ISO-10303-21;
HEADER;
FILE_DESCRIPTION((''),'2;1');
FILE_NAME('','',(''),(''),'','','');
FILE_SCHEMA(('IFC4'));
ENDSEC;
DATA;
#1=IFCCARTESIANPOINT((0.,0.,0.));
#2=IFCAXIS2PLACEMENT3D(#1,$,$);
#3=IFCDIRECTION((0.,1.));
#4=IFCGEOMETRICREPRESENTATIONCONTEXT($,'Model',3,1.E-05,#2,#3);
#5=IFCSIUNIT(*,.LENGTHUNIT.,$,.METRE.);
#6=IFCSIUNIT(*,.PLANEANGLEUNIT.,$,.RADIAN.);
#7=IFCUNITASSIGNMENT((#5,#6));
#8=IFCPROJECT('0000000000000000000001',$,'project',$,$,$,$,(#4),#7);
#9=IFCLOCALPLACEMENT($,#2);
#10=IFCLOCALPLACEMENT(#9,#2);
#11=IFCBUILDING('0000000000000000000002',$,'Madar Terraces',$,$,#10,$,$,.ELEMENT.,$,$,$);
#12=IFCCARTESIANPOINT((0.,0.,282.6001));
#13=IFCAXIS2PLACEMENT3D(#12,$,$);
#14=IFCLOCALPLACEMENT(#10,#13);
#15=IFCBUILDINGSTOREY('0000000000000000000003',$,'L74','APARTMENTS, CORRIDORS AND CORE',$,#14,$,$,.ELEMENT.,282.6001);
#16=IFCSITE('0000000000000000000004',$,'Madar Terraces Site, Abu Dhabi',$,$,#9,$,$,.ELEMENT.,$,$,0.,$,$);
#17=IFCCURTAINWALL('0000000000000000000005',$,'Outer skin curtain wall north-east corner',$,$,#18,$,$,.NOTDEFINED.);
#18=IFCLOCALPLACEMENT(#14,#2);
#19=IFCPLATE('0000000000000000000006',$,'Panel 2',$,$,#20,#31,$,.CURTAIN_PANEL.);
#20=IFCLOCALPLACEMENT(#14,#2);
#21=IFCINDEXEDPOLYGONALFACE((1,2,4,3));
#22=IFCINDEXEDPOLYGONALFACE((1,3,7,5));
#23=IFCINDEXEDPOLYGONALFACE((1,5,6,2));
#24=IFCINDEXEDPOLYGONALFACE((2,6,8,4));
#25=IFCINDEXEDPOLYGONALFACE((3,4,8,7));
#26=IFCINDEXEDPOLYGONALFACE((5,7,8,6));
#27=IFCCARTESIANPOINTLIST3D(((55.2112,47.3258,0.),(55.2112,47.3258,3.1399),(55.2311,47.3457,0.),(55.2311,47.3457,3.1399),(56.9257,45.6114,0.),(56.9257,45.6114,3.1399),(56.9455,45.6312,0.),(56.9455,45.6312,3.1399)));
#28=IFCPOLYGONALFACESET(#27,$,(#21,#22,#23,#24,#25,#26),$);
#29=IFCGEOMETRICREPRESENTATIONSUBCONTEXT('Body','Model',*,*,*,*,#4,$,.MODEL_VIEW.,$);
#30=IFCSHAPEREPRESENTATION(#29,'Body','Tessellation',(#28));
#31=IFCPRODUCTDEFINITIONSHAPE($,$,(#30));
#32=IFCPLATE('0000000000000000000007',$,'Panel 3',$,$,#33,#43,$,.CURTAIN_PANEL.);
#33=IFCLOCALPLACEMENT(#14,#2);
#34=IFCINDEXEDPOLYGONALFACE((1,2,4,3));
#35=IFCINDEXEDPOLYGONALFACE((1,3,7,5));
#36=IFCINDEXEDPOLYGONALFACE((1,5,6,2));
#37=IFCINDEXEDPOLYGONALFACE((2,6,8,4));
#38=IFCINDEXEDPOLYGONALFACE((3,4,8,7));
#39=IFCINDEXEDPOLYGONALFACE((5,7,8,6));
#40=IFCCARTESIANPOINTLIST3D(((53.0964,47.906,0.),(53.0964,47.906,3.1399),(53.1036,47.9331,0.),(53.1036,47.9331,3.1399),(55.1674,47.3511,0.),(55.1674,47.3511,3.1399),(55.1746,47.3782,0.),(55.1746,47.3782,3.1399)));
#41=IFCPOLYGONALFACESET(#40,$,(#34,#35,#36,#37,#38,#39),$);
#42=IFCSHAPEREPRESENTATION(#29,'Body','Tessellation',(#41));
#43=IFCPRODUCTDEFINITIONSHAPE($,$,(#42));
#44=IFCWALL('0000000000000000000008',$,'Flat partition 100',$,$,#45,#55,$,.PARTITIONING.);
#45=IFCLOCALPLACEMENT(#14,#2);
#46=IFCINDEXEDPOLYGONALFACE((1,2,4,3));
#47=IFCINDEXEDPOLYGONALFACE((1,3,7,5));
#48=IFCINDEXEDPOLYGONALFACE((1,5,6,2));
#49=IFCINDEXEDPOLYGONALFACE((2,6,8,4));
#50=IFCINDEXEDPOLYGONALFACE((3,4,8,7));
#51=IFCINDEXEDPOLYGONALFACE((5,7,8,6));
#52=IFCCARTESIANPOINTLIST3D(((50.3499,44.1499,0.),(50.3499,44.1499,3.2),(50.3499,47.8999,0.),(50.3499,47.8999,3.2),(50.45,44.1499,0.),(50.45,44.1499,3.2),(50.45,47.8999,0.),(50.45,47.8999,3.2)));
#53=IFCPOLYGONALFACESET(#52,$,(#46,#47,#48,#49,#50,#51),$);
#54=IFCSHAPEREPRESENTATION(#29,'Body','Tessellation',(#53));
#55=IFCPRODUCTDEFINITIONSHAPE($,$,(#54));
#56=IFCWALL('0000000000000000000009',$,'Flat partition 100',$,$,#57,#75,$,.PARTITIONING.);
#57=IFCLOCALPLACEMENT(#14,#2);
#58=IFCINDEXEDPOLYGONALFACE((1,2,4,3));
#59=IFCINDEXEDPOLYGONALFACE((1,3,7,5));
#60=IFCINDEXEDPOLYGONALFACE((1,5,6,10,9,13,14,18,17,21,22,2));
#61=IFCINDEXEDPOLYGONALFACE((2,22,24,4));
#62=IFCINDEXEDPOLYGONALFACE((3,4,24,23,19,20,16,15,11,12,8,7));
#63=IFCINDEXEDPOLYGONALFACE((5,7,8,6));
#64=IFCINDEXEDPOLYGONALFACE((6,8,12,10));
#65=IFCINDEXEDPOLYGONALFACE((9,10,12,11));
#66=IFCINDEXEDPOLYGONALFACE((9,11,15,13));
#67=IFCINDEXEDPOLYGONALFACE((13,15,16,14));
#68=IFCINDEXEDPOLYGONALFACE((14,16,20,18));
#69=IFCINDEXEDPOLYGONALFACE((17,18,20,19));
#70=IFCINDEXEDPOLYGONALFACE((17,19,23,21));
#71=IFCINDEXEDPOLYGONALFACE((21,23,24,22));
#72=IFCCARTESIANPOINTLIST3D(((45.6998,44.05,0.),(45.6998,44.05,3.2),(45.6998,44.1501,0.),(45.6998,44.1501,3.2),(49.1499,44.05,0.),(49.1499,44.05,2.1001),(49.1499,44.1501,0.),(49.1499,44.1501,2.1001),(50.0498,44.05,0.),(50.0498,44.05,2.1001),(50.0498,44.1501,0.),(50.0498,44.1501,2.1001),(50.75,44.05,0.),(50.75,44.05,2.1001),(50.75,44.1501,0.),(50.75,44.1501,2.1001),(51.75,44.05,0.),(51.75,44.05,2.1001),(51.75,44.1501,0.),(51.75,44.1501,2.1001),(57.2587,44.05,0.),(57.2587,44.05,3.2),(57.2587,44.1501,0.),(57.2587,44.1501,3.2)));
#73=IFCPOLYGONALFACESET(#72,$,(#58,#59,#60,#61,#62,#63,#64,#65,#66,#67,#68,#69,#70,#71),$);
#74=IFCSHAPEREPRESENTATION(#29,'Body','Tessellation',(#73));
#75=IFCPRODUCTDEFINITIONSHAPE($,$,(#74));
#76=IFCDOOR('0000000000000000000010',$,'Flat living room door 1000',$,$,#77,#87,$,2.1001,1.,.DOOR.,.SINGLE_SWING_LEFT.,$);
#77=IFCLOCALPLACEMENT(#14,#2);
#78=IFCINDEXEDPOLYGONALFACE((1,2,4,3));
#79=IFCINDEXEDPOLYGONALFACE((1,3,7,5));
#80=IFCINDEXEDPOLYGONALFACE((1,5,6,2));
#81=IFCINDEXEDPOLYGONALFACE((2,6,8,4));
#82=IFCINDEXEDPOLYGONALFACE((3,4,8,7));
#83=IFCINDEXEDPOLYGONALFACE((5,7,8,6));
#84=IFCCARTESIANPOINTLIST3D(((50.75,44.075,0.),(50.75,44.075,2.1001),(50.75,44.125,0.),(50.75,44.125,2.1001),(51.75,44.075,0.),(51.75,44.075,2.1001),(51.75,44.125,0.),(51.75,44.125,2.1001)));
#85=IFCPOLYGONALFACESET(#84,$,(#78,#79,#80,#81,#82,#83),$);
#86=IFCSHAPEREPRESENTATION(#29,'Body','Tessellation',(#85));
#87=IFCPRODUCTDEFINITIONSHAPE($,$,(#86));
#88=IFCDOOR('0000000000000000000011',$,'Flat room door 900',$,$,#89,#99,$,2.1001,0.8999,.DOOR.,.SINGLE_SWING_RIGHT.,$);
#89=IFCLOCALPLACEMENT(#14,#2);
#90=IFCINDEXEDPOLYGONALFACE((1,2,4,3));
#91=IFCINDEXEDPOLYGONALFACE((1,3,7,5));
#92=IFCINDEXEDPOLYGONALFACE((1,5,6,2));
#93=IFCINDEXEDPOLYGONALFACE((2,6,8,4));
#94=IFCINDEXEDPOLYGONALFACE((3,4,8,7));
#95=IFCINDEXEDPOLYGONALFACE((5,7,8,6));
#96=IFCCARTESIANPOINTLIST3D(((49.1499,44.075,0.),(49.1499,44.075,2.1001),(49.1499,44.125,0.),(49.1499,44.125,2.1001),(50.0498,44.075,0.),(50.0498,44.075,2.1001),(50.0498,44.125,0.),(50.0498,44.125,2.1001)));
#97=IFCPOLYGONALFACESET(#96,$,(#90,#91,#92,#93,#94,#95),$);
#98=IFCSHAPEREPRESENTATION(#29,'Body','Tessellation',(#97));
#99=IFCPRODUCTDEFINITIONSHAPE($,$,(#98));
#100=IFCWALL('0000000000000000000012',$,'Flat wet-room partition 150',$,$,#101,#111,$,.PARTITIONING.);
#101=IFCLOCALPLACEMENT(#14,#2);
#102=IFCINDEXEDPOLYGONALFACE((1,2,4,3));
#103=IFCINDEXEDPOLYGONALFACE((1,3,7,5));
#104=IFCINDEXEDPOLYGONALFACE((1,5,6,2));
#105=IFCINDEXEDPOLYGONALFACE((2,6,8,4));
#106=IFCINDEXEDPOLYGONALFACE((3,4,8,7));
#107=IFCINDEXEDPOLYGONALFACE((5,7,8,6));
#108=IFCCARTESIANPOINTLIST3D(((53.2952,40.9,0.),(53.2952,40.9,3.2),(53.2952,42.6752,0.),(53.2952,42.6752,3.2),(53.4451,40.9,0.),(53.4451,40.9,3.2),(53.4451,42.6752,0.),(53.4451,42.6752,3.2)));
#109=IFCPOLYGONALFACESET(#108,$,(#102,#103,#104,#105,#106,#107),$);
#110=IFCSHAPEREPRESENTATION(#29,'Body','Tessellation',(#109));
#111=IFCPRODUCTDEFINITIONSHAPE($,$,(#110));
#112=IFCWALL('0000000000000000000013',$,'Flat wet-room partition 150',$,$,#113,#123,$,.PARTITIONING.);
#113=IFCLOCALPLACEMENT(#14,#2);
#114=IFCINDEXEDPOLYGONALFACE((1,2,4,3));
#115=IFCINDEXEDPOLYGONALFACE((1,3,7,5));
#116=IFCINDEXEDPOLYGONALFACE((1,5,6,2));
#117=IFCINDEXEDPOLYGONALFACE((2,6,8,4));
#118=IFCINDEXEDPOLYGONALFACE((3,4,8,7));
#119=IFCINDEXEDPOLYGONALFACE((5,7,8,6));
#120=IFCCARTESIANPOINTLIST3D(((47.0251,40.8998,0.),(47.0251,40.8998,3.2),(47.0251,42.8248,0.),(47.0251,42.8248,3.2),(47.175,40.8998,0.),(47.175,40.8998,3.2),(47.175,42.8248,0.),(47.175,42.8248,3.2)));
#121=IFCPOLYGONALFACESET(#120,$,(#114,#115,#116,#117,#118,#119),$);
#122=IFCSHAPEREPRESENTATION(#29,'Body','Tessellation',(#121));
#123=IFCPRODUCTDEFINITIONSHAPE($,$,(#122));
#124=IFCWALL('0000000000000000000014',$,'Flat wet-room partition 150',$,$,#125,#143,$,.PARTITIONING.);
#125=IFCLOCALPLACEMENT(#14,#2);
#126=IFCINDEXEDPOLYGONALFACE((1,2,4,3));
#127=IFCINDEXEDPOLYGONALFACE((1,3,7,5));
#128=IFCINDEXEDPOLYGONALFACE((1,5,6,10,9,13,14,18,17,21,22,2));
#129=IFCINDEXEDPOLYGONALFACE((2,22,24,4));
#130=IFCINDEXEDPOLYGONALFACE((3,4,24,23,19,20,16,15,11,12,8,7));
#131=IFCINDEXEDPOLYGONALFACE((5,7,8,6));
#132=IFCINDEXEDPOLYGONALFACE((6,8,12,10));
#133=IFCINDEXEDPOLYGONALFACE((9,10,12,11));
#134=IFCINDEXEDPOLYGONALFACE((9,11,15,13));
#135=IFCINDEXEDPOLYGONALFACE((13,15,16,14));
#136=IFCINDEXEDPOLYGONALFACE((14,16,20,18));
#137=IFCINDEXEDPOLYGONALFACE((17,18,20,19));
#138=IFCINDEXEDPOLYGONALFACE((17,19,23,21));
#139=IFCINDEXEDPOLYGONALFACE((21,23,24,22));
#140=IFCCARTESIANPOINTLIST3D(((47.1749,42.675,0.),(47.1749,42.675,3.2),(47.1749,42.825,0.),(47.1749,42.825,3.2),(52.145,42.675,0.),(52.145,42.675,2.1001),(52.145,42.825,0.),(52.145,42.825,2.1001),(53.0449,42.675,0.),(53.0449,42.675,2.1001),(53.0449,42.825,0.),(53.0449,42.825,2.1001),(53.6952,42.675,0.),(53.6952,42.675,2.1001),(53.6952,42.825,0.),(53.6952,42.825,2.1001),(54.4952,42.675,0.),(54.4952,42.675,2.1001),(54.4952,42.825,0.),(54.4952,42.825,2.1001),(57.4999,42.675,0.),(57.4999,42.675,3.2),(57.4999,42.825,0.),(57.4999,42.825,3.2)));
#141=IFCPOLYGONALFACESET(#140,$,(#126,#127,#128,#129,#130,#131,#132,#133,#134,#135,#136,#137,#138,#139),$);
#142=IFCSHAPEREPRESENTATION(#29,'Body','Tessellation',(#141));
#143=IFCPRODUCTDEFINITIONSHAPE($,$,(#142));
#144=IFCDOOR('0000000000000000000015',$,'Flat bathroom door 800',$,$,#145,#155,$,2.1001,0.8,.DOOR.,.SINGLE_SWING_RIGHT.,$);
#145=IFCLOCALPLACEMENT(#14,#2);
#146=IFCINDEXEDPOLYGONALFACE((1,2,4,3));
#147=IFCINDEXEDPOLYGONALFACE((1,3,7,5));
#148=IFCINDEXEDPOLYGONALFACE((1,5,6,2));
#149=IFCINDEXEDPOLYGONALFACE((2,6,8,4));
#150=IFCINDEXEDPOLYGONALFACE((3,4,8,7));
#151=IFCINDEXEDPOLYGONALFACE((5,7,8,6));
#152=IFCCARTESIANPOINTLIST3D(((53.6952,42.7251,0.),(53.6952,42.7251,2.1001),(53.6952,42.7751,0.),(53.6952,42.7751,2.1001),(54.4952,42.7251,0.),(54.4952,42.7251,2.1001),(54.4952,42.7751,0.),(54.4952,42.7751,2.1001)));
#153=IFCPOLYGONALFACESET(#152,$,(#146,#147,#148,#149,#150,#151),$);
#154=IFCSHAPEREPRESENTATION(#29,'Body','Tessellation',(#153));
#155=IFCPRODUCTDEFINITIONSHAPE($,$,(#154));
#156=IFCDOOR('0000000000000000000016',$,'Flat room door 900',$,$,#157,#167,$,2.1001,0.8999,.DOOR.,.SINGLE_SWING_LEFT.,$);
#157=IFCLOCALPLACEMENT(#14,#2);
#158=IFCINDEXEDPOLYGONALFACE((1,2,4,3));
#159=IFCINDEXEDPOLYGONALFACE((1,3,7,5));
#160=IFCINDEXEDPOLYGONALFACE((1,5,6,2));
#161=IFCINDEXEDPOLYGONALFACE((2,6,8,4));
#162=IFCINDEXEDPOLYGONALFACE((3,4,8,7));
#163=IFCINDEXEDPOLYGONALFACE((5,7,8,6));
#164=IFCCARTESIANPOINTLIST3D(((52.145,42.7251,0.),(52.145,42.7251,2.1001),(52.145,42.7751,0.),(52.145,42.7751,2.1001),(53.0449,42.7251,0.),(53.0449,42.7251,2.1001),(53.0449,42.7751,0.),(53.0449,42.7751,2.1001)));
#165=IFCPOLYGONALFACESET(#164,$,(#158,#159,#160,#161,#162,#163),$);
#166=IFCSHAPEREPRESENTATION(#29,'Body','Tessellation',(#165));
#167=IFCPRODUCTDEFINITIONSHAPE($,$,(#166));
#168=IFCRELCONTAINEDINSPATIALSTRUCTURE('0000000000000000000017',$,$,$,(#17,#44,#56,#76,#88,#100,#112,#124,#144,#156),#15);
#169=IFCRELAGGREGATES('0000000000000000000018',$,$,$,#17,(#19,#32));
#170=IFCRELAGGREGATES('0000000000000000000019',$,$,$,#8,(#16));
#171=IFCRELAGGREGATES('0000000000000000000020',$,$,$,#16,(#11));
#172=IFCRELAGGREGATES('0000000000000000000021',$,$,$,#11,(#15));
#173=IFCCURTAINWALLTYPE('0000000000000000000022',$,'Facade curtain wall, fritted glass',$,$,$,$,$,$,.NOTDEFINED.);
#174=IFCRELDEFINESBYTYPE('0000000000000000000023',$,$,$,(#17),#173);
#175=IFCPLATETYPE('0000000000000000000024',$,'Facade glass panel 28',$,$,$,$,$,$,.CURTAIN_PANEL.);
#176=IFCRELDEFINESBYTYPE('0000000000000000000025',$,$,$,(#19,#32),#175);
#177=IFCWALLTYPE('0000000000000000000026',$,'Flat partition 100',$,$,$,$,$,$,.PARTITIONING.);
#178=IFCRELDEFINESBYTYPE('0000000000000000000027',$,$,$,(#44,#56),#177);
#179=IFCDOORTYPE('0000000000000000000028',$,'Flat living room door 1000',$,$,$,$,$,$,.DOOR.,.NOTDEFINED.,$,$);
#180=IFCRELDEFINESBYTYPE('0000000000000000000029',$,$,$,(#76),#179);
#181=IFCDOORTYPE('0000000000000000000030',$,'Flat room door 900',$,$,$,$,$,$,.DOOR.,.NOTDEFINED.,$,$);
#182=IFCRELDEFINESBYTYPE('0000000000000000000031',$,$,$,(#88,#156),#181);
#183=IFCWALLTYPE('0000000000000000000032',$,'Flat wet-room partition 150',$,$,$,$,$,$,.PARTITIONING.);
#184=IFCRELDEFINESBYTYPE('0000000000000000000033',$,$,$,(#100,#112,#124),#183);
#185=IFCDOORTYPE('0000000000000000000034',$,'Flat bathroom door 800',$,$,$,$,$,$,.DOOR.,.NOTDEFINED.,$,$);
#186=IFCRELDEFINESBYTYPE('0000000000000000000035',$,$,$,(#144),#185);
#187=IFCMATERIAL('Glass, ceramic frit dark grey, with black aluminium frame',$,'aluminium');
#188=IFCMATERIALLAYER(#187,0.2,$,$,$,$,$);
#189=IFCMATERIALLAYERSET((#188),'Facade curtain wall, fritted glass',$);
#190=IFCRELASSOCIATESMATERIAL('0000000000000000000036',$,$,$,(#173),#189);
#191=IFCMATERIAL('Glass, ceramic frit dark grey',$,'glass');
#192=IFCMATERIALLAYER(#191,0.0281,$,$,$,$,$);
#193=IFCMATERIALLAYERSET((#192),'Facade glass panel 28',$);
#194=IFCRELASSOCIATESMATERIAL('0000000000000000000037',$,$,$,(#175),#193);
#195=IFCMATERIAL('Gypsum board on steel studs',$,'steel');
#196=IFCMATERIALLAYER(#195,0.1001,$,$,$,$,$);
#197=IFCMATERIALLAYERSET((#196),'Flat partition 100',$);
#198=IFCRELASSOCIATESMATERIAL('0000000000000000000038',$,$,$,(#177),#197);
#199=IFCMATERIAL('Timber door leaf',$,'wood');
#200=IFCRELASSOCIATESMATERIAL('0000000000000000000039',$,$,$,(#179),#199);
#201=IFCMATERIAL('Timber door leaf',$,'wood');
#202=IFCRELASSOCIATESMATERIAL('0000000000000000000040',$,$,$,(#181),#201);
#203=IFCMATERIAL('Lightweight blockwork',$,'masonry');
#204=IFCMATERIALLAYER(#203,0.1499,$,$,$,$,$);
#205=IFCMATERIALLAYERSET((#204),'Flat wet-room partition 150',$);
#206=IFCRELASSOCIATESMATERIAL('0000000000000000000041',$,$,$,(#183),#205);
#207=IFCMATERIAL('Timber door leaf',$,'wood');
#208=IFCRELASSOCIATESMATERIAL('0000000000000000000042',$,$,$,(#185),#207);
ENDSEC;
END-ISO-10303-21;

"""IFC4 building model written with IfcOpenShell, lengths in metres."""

from ifc_helpers import new_model, si_unit, direction, frame, frame_2d, origin, origin_2d, place, context, subcontext, project, spatial, rectangle, extrude, material, layer, layer_set, type_object, element, fill, aggregate, save


model = new_model("IFC4")

# Units and contexts
model_context = context("Model", 3, precision=1e-05, world=origin(), true_north=direction((0.0, 1.0)))
body_context = subcontext(model_context, "Body", "Model", "MODEL_VIEW")
ifc_project = project(units=[si_unit("LENGTHUNIT", "METRE"), si_unit("PLANEANGLEUNIT", "RADIAN")], contexts=[model_context])

# Site, building, storey
site_placement = place(None, origin())
site = spatial("IfcSite", under=ifc_project, at=site_placement, Name="Madar Terraces Site, Abu Dhabi", CompositionType="ELEMENT", RefElevation=0.0)
building_placement = place(site_placement, origin())
building = spatial("IfcBuilding", under=site, at=building_placement, Name="Madar Terraces", CompositionType="ELEMENT")
storey_placement = place(building_placement, frame((0.0, 0.0, 282.6001)))
storey = spatial("IfcBuildingStorey", under=building, at=storey_placement, Name="L74", Description="APARTMENTS, CORRIDORS AND CORE", CompositionType="ELEMENT", Elevation=282.6001)

# Shared definitions
ifc_material_1 = material(Name="Glass, ceramic frit dark grey, with black aluminium frame", Category="aluminium")
ifc_layer_1 = layer(ifc_material_1, 0.2)
ifc_layer_set_1 = layer_set([ifc_layer_1], Name="Facade curtain wall, fritted glass")
curtain_wall_type = type_object("IfcCurtainWallType", Name="Facade curtain wall, fritted glass", PredefinedType="NOTDEFINED", material=ifc_layer_set_1)

# Curtain wall
curtain_wall_1_placement = place(storey_placement, origin())
curtain_wall_1 = element("IfcCurtainWall", 1, at=curtain_wall_1_placement, inside=storey, type_object=curtain_wall_type, Name="Outer skin curtain wall north-east corner", PredefinedType="NOTDEFINED")

# Plates
ifc_material_2 = material(Name="Glass, ceramic frit dark grey", Category="glass")
ifc_layer_2 = layer(ifc_material_2, 0.0281)
ifc_layer_set_2 = layer_set([ifc_layer_2], Name="Facade glass panel 28")
plate_type = type_object("IfcPlateType", Name="Facade glass panel 28", PredefinedType="CURTAIN_PANEL", material=ifc_layer_set_2)
plate_1_placement = place(storey_placement, frame((56.0784, 46.4785, 0.0), z_axis=(0.0, 0.0, 1.0), x_axis=(-0.707107, 0.707107, 0.0)))
plate_1 = element("IfcPlate", 2, at=plate_1_placement, type_object=plate_type, Name="Panel 2", PredefinedType="CURTAIN_PANEL", context=body_context, shape_type="SweptSolid", body=[
    extrude(rectangle(XDim=2.4246, YDim=0.0281, at=origin_2d()), origin(), (0.0, 0.0, 1.0), 3.1399),
])
plate_2_placement = place(storey_placement, frame((54.1355, 47.6421, 0.0), z_axis=(0.0, 0.0, 1.0), x_axis=(-0.965926, 0.258819, 0.0)))
plate_2 = element("IfcPlate", 3, at=plate_2_placement, type_object=plate_type, Name="Panel 3", PredefinedType="CURTAIN_PANEL", context=body_context, shape_type="SweptSolid", body=[
    extrude(rectangle(XDim=2.144, YDim=0.0281, at=origin_2d()), origin(), (0.0, 0.0, 1.0), 3.1399),
])
aggregate(curtain_wall_1, [plate_1, plate_2])

# Wall
ifc_material_3 = material(Name="Gypsum board on steel studs", Category="steel")
ifc_layer_3 = layer(ifc_material_3, 0.1001)
ifc_layer_set_3 = layer_set([ifc_layer_3], Name="Flat partition 100")
wall_type_1 = type_object("IfcWallType", Name="Flat partition 100", PredefinedType="PARTITIONING", material=ifc_layer_set_3)
wall_1_placement = place(storey_placement, frame((50.3999, 44.1499, 0.0), z_axis=(0.0, 0.0, 1.0), x_axis=(0.0, 1.0, 0.0)))
element("IfcWall", 4, at=wall_1_placement, inside=storey, type_object=wall_type_1, Name="Flat partition 100", PredefinedType="PARTITIONING", context=body_context, shape_type="SweptSolid", body=[
    extrude(rectangle(XDim=3.75, YDim=0.1001, at=frame_2d((1.875, 0.0))), origin(), (0.0, 0.0, 1.0), 3.2),
])

# Wall, openings, doors
wall_2_placement = place(storey_placement, frame((45.7, 44.1001, 0.0), z_axis=(0.0, 0.0, 1.0), x_axis=(1.0, 0.0, 0.0)))
wall_2 = element("IfcWall", 5, at=wall_2_placement, inside=storey, type_object=wall_type_1, Name="Flat partition 100", PredefinedType="PARTITIONING", context=body_context, shape_type="SweptSolid", body=[
    extrude(rectangle(XDim=11.5588, YDim=0.1001, at=frame_2d((5.7793, 0.0))), origin(), (0.0, 0.0, 1.0), 3.2),
])
opening_1_placement = place(wall_2_placement, frame((3.45, 0.0, 0.0)))
opening_1 = element("IfcOpeningElement", 6, at=opening_1_placement, cuts=wall_2, PredefinedType="OPENING", context=body_context, shape_type="SweptSolid", body=[
    extrude(rectangle(XDim=0.8999, YDim=2.1001, at=frame_2d((0.45, 1.05))), frame((0.0, 0.0601, 0.0), z_axis=(0.0, -1.0, 0.0), x_axis=(1.0, 0.0, 0.0)), (0.0, 0.0, 1.0), 0.1201),
])
opening_2_placement = place(wall_2_placement, frame((5.05, 0.0, 0.0)))
opening_2 = element("IfcOpeningElement", 7, at=opening_2_placement, cuts=wall_2, PredefinedType="OPENING", context=body_context, shape_type="SweptSolid", body=[
    extrude(rectangle(XDim=1.0, YDim=2.1001, at=frame_2d((0.5, 1.05))), frame((0.0, 0.0601, 0.0), z_axis=(0.0, -1.0, 0.0), x_axis=(1.0, 0.0, 0.0)), (0.0, 0.0, 1.0), 0.1201),
])
ifc_material_4 = material(Name="Timber door leaf", Category="wood")
door_type_1 = type_object("IfcDoorType", Name="Flat living room door 1000", OperationType="NOTDEFINED", PredefinedType="DOOR", material=ifc_material_4)
door_1_placement = place(opening_2_placement, origin())
door_1 = element("IfcDoor", 8, at=door_1_placement, inside=storey, type_object=door_type_1, Name="Flat living room door 1000", OperationType="SINGLE_SWING_LEFT", OverallHeight=2.1001, OverallWidth=1.0, PredefinedType="DOOR", context=body_context, shape_type="SweptSolid", body=[
    extrude(rectangle(XDim=1.0, YDim=2.1001, at=frame_2d((0.5, 1.05))), frame((0.0, 0.0249, 0.0), z_axis=(0.0, -1.0, 0.0), x_axis=(1.0, 0.0, 0.0)), (0.0, 0.0, 1.0), 0.05),
])
fill(opening_2, door_1)
ifc_material_5 = material(Name="Timber door leaf", Category="wood")
door_type_2 = type_object("IfcDoorType", Name="Flat room door 900", OperationType="NOTDEFINED", PredefinedType="DOOR", material=ifc_material_5)
door_2_placement = place(opening_1_placement, origin())
door_2 = element("IfcDoor", 9, at=door_2_placement, inside=storey, type_object=door_type_2, Name="Flat room door 900", OperationType="SINGLE_SWING_RIGHT", OverallHeight=2.1001, OverallWidth=0.8999, PredefinedType="DOOR", context=body_context, shape_type="SweptSolid", body=[
    extrude(rectangle(XDim=0.8999, YDim=2.1001, at=frame_2d((0.45, 1.05))), frame((0.0, 0.0249, 0.0), z_axis=(0.0, -1.0, 0.0), x_axis=(1.0, 0.0, 0.0)), (0.0, 0.0, 1.0), 0.05),
])
fill(opening_1, door_2)

# Walls
ifc_material_6 = material(Name="Lightweight blockwork", Category="masonry")
ifc_layer_4 = layer(ifc_material_6, 0.1499)
ifc_layer_set_4 = layer_set([ifc_layer_4], Name="Flat wet-room partition 150")
wall_type_2 = type_object("IfcWallType", Name="Flat wet-room partition 150", PredefinedType="PARTITIONING", material=ifc_layer_set_4)
wall_3_placement = place(storey_placement, frame((53.3701, 40.8999, 0.0), z_axis=(0.0, 0.0, 1.0), x_axis=(0.0, 1.0, 0.0)))
element("IfcWall", 10, at=wall_3_placement, inside=storey, type_object=wall_type_2, Name="Flat wet-room partition 150", PredefinedType="PARTITIONING", context=body_context, shape_type="SweptSolid", body=[
    extrude(rectangle(XDim=1.7751, YDim=0.1499, at=frame_2d((0.8877, 0.0))), origin(), (0.0, 0.0, 1.0), 3.2),
])
wall_4_placement = place(storey_placement, frame((47.1001, 40.8999, 0.0), z_axis=(0.0, 0.0, 1.0), x_axis=(0.0, 1.0, 0.0)))
element("IfcWall", 11, at=wall_4_placement, inside=storey, type_object=wall_type_2, Name="Flat wet-room partition 150", PredefinedType="PARTITIONING", context=body_context, shape_type="SweptSolid", body=[
    extrude(rectangle(XDim=1.925, YDim=0.1499, at=frame_2d((0.9624, 0.0))), origin(), (0.0, 0.0, 1.0), 3.2),
])

# Wall, openings, doors
wall_5_placement = place(storey_placement, frame((57.5, 42.75, 0.0), z_axis=(0.0, 0.0, 1.0), x_axis=(-1.0, 0.0, 0.0)))
wall_5 = element("IfcWall", 12, at=wall_5_placement, inside=storey, type_object=wall_type_2, Name="Flat wet-room partition 150", PredefinedType="PARTITIONING", context=body_context, shape_type="SweptSolid", body=[
    extrude(rectangle(XDim=10.325, YDim=0.1499, at=frame_2d((5.1626, 0.0))), origin(), (0.0, 0.0, 1.0), 3.2),
])
opening_3_placement = place(wall_5_placement, frame((4.4551, 0.0, 0.0)))
opening_3 = element("IfcOpeningElement", 13, at=opening_3_placement, cuts=wall_5, PredefinedType="OPENING", context=body_context, shape_type="SweptSolid", body=[
    extrude(rectangle(XDim=0.8999, YDim=2.1001, at=frame_2d((0.45, 1.05))), frame((0.0, 0.085, 0.0), z_axis=(0.0, -1.0, 0.0), x_axis=(1.0, 0.0, 0.0)), (0.0, 0.0, 1.0), 0.1699),
])
opening_4_placement = place(wall_5_placement, frame((3.0049, 0.0, 0.0)))
opening_4 = element("IfcOpeningElement", 14, at=opening_4_placement, cuts=wall_5, PredefinedType="OPENING", context=body_context, shape_type="SweptSolid", body=[
    extrude(rectangle(XDim=0.8, YDim=2.1001, at=frame_2d((0.3999, 1.05))), frame((0.0, 0.085, 0.0), z_axis=(0.0, -1.0, 0.0), x_axis=(1.0, 0.0, 0.0)), (0.0, 0.0, 1.0), 0.1699),
])
ifc_material_7 = material(Name="Timber door leaf", Category="wood")
door_type_3 = type_object("IfcDoorType", Name="Flat bathroom door 800", OperationType="NOTDEFINED", PredefinedType="DOOR", material=ifc_material_7)
door_3_placement = place(opening_4_placement, origin())
door_3 = element("IfcDoor", 15, at=door_3_placement, inside=storey, type_object=door_type_3, Name="Flat bathroom door 800", OperationType="SINGLE_SWING_RIGHT", OverallHeight=2.1001, OverallWidth=0.8, PredefinedType="DOOR", context=body_context, shape_type="SweptSolid", body=[
    extrude(rectangle(XDim=0.8, YDim=2.1001, at=frame_2d((0.3999, 1.05))), frame((0.0, 0.0249, 0.0), z_axis=(0.0, -1.0, 0.0), x_axis=(1.0, 0.0, 0.0)), (0.0, 0.0, 1.0), 0.05),
])
fill(opening_4, door_3)
door_4_placement = place(opening_3_placement, origin())
door_4 = element("IfcDoor", 16, at=door_4_placement, inside=storey, type_object=door_type_2, Name="Flat room door 900", OperationType="SINGLE_SWING_LEFT", OverallHeight=2.1001, OverallWidth=0.8999, PredefinedType="DOOR", context=body_context, shape_type="SweptSolid", body=[
    extrude(rectangle(XDim=0.8999, YDim=2.1001, at=frame_2d((0.45, 1.05))), frame((0.0, 0.0249, 0.0), z_axis=(0.0, -1.0, 0.0), x_axis=(1.0, 0.0, 0.0)), (0.0, 0.0, 1.0), 0.05),
])
fill(opening_3, door_4)

save(model, "model.ifc")
